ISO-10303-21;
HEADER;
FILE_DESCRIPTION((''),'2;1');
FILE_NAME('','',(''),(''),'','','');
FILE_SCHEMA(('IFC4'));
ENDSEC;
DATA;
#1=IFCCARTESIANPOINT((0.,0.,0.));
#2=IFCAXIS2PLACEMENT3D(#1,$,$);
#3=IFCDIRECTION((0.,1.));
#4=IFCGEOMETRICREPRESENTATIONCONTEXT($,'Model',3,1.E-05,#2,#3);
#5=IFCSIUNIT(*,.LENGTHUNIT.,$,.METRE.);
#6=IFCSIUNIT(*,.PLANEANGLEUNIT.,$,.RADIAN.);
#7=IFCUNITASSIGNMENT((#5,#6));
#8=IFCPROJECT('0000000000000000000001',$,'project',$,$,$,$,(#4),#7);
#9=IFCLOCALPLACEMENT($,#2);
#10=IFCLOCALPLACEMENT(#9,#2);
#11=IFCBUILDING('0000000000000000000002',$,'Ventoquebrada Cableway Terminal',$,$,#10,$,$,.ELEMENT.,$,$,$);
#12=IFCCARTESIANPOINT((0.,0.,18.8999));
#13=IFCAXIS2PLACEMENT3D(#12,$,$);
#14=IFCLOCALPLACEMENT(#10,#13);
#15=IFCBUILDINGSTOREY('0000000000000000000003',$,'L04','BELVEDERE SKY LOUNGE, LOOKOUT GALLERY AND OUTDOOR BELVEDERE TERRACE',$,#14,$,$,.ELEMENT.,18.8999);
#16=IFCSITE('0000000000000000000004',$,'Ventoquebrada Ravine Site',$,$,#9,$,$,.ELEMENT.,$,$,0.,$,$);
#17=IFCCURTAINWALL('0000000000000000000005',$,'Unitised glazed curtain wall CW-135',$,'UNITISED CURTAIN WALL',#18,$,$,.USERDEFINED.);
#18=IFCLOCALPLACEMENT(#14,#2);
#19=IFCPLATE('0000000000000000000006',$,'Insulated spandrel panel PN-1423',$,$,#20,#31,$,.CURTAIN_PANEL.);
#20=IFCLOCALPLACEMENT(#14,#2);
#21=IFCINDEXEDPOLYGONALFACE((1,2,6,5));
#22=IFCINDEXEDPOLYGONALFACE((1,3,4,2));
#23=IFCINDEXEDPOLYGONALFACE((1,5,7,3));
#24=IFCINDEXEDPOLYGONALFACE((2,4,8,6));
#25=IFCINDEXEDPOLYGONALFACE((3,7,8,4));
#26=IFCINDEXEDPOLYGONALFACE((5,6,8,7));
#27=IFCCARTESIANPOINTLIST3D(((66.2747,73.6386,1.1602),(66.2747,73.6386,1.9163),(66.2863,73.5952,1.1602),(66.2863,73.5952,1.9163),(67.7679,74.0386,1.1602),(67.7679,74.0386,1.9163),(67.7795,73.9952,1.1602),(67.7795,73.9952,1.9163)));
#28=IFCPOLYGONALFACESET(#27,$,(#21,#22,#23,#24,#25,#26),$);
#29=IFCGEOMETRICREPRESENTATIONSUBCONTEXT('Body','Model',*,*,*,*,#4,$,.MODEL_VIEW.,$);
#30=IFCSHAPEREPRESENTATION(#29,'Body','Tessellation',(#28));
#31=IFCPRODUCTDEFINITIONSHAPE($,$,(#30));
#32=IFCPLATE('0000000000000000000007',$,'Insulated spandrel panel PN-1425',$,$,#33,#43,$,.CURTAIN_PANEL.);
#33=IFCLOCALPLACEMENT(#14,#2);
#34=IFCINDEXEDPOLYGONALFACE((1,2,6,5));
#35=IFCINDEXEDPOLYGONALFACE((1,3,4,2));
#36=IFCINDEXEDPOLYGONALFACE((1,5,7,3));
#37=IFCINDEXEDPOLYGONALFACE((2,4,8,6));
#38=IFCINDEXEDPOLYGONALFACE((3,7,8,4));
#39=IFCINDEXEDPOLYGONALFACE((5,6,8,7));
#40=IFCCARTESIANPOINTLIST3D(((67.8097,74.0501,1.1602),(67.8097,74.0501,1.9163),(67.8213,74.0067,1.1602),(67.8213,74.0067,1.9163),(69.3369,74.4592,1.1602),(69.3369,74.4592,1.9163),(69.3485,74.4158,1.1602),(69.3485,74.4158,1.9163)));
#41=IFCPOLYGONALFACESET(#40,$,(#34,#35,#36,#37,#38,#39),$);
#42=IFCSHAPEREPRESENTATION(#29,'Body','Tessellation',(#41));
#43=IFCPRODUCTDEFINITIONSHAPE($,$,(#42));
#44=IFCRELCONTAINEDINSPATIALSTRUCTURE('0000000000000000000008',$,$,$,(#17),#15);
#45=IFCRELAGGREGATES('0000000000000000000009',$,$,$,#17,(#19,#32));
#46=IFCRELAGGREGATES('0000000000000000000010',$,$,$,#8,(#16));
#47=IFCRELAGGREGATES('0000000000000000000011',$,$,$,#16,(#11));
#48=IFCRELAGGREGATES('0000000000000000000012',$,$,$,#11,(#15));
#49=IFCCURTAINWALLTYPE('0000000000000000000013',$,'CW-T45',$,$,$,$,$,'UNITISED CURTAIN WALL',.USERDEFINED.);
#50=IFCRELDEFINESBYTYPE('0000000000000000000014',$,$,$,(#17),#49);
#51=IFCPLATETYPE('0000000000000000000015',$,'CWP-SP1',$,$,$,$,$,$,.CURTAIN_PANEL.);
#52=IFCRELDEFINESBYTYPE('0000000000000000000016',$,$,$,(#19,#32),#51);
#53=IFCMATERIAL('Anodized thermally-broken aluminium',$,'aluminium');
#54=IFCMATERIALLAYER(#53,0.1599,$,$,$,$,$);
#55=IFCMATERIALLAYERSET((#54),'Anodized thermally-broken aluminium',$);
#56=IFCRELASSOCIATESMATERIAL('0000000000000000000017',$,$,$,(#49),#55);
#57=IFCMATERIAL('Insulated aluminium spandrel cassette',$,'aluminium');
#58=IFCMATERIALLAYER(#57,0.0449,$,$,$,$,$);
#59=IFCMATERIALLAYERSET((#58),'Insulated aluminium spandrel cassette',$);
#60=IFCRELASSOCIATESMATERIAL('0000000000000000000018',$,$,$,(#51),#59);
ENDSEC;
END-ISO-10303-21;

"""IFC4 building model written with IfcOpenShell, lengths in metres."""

from ifc_helpers import new_model, si_unit, direction, frame, origin, origin_2d, place, context, subcontext, project, spatial, rectangle, extrude, material, layer, layer_set, type_object, element, aggregate, save


model = new_model("IFC4")

# Units and contexts
model_context = context("Model", 3, precision=1e-05, world=origin(), true_north=direction((0.0, 1.0)))
body_context = subcontext(model_context, "Body", "Model", "MODEL_VIEW")
ifc_project = project(units=[si_unit("LENGTHUNIT", "METRE"), si_unit("PLANEANGLEUNIT", "RADIAN")], contexts=[model_context])

# Site, building, storey
site_placement = place(None, origin())
site = spatial("IfcSite", under=ifc_project, at=site_placement, Name="Ventoquebrada Ravine Site", CompositionType="ELEMENT", RefElevation=0.0)
building_placement = place(site_placement, origin())
building = spatial("IfcBuilding", under=site, at=building_placement, Name="Ventoquebrada Cableway Terminal", CompositionType="ELEMENT")
storey_placement = place(building_placement, frame((0.0, 0.0, 18.8999)))
storey = spatial("IfcBuildingStorey", under=building, at=storey_placement, Name="L04", Description="BELVEDERE SKY LOUNGE, LOOKOUT GALLERY AND OUTDOOR BELVEDERE TERRACE", CompositionType="ELEMENT", Elevation=18.8999)

# Curtain wall
ifc_material_1 = material(Name="Anodized thermally-broken aluminium", Category="aluminium")
ifc_layer_1 = layer(ifc_material_1, 0.1599)
ifc_layer_set_1 = layer_set([ifc_layer_1], Name="Anodized thermally-broken aluminium")
curtain_wall_type = type_object("IfcCurtainWallType", Name="CW-T45", ElementType="UNITISED CURTAIN WALL", PredefinedType="USERDEFINED", material=ifc_layer_set_1)
curtain_wall_1_placement = place(storey_placement, origin())
curtain_wall_1 = element("IfcCurtainWall", 1, at=curtain_wall_1_placement, inside=storey, type_object=curtain_wall_type, Name="Unitised glazed curtain wall CW-135", ObjectType="UNITISED CURTAIN WALL", PredefinedType="USERDEFINED")

# Plates
ifc_material_2 = material(Name="Insulated aluminium spandrel cassette", Category="aluminium")
ifc_layer_2 = layer(ifc_material_2, 0.0449)
ifc_layer_set_2 = layer_set([ifc_layer_2], Name="Insulated aluminium spandrel cassette")
plate_type_1 = type_object("IfcPlateType", Name="CWP-SP1", PredefinedType="CURTAIN_PANEL", material=ifc_layer_set_2)
plate_1_placement = place(storey_placement, frame((67.0271, 73.8169, 1.1602), z_axis=(0.0, 0.0, 1.0), x_axis=(0.965944, 0.258752, 0.0)))
plate_1 = element("IfcPlate", 2, at=plate_1_placement, type_object=plate_type_1, Name="Insulated spandrel panel PN-1423", PredefinedType="CURTAIN_PANEL", context=body_context, shape_type="SweptSolid", body=[
    extrude(rectangle(XDim=1.5459, YDim=0.0449, at=origin_2d()), origin(), (0.0, 0.0, 1.0), 0.7561),
])
plate_2_placement = place(storey_placement, frame((68.5791, 74.2329, 1.1602), z_axis=(0.0, 0.0, 1.0), x_axis=(0.965944, 0.258752, 0.0)))
plate_2 = element("IfcPlate", 3, at=plate_2_placement, type_object=plate_type_1, Name="Insulated spandrel panel PN-1425", PredefinedType="CURTAIN_PANEL", context=body_context, shape_type="SweptSolid", body=[
    extrude(rectangle(XDim=1.5811, YDim=0.0449, at=origin_2d()), origin(), (0.0, 0.0, 1.0), 0.7561),
])
aggregate(curtain_wall_1, [plate_1, plate_2])

save(model, "model.ifc")
